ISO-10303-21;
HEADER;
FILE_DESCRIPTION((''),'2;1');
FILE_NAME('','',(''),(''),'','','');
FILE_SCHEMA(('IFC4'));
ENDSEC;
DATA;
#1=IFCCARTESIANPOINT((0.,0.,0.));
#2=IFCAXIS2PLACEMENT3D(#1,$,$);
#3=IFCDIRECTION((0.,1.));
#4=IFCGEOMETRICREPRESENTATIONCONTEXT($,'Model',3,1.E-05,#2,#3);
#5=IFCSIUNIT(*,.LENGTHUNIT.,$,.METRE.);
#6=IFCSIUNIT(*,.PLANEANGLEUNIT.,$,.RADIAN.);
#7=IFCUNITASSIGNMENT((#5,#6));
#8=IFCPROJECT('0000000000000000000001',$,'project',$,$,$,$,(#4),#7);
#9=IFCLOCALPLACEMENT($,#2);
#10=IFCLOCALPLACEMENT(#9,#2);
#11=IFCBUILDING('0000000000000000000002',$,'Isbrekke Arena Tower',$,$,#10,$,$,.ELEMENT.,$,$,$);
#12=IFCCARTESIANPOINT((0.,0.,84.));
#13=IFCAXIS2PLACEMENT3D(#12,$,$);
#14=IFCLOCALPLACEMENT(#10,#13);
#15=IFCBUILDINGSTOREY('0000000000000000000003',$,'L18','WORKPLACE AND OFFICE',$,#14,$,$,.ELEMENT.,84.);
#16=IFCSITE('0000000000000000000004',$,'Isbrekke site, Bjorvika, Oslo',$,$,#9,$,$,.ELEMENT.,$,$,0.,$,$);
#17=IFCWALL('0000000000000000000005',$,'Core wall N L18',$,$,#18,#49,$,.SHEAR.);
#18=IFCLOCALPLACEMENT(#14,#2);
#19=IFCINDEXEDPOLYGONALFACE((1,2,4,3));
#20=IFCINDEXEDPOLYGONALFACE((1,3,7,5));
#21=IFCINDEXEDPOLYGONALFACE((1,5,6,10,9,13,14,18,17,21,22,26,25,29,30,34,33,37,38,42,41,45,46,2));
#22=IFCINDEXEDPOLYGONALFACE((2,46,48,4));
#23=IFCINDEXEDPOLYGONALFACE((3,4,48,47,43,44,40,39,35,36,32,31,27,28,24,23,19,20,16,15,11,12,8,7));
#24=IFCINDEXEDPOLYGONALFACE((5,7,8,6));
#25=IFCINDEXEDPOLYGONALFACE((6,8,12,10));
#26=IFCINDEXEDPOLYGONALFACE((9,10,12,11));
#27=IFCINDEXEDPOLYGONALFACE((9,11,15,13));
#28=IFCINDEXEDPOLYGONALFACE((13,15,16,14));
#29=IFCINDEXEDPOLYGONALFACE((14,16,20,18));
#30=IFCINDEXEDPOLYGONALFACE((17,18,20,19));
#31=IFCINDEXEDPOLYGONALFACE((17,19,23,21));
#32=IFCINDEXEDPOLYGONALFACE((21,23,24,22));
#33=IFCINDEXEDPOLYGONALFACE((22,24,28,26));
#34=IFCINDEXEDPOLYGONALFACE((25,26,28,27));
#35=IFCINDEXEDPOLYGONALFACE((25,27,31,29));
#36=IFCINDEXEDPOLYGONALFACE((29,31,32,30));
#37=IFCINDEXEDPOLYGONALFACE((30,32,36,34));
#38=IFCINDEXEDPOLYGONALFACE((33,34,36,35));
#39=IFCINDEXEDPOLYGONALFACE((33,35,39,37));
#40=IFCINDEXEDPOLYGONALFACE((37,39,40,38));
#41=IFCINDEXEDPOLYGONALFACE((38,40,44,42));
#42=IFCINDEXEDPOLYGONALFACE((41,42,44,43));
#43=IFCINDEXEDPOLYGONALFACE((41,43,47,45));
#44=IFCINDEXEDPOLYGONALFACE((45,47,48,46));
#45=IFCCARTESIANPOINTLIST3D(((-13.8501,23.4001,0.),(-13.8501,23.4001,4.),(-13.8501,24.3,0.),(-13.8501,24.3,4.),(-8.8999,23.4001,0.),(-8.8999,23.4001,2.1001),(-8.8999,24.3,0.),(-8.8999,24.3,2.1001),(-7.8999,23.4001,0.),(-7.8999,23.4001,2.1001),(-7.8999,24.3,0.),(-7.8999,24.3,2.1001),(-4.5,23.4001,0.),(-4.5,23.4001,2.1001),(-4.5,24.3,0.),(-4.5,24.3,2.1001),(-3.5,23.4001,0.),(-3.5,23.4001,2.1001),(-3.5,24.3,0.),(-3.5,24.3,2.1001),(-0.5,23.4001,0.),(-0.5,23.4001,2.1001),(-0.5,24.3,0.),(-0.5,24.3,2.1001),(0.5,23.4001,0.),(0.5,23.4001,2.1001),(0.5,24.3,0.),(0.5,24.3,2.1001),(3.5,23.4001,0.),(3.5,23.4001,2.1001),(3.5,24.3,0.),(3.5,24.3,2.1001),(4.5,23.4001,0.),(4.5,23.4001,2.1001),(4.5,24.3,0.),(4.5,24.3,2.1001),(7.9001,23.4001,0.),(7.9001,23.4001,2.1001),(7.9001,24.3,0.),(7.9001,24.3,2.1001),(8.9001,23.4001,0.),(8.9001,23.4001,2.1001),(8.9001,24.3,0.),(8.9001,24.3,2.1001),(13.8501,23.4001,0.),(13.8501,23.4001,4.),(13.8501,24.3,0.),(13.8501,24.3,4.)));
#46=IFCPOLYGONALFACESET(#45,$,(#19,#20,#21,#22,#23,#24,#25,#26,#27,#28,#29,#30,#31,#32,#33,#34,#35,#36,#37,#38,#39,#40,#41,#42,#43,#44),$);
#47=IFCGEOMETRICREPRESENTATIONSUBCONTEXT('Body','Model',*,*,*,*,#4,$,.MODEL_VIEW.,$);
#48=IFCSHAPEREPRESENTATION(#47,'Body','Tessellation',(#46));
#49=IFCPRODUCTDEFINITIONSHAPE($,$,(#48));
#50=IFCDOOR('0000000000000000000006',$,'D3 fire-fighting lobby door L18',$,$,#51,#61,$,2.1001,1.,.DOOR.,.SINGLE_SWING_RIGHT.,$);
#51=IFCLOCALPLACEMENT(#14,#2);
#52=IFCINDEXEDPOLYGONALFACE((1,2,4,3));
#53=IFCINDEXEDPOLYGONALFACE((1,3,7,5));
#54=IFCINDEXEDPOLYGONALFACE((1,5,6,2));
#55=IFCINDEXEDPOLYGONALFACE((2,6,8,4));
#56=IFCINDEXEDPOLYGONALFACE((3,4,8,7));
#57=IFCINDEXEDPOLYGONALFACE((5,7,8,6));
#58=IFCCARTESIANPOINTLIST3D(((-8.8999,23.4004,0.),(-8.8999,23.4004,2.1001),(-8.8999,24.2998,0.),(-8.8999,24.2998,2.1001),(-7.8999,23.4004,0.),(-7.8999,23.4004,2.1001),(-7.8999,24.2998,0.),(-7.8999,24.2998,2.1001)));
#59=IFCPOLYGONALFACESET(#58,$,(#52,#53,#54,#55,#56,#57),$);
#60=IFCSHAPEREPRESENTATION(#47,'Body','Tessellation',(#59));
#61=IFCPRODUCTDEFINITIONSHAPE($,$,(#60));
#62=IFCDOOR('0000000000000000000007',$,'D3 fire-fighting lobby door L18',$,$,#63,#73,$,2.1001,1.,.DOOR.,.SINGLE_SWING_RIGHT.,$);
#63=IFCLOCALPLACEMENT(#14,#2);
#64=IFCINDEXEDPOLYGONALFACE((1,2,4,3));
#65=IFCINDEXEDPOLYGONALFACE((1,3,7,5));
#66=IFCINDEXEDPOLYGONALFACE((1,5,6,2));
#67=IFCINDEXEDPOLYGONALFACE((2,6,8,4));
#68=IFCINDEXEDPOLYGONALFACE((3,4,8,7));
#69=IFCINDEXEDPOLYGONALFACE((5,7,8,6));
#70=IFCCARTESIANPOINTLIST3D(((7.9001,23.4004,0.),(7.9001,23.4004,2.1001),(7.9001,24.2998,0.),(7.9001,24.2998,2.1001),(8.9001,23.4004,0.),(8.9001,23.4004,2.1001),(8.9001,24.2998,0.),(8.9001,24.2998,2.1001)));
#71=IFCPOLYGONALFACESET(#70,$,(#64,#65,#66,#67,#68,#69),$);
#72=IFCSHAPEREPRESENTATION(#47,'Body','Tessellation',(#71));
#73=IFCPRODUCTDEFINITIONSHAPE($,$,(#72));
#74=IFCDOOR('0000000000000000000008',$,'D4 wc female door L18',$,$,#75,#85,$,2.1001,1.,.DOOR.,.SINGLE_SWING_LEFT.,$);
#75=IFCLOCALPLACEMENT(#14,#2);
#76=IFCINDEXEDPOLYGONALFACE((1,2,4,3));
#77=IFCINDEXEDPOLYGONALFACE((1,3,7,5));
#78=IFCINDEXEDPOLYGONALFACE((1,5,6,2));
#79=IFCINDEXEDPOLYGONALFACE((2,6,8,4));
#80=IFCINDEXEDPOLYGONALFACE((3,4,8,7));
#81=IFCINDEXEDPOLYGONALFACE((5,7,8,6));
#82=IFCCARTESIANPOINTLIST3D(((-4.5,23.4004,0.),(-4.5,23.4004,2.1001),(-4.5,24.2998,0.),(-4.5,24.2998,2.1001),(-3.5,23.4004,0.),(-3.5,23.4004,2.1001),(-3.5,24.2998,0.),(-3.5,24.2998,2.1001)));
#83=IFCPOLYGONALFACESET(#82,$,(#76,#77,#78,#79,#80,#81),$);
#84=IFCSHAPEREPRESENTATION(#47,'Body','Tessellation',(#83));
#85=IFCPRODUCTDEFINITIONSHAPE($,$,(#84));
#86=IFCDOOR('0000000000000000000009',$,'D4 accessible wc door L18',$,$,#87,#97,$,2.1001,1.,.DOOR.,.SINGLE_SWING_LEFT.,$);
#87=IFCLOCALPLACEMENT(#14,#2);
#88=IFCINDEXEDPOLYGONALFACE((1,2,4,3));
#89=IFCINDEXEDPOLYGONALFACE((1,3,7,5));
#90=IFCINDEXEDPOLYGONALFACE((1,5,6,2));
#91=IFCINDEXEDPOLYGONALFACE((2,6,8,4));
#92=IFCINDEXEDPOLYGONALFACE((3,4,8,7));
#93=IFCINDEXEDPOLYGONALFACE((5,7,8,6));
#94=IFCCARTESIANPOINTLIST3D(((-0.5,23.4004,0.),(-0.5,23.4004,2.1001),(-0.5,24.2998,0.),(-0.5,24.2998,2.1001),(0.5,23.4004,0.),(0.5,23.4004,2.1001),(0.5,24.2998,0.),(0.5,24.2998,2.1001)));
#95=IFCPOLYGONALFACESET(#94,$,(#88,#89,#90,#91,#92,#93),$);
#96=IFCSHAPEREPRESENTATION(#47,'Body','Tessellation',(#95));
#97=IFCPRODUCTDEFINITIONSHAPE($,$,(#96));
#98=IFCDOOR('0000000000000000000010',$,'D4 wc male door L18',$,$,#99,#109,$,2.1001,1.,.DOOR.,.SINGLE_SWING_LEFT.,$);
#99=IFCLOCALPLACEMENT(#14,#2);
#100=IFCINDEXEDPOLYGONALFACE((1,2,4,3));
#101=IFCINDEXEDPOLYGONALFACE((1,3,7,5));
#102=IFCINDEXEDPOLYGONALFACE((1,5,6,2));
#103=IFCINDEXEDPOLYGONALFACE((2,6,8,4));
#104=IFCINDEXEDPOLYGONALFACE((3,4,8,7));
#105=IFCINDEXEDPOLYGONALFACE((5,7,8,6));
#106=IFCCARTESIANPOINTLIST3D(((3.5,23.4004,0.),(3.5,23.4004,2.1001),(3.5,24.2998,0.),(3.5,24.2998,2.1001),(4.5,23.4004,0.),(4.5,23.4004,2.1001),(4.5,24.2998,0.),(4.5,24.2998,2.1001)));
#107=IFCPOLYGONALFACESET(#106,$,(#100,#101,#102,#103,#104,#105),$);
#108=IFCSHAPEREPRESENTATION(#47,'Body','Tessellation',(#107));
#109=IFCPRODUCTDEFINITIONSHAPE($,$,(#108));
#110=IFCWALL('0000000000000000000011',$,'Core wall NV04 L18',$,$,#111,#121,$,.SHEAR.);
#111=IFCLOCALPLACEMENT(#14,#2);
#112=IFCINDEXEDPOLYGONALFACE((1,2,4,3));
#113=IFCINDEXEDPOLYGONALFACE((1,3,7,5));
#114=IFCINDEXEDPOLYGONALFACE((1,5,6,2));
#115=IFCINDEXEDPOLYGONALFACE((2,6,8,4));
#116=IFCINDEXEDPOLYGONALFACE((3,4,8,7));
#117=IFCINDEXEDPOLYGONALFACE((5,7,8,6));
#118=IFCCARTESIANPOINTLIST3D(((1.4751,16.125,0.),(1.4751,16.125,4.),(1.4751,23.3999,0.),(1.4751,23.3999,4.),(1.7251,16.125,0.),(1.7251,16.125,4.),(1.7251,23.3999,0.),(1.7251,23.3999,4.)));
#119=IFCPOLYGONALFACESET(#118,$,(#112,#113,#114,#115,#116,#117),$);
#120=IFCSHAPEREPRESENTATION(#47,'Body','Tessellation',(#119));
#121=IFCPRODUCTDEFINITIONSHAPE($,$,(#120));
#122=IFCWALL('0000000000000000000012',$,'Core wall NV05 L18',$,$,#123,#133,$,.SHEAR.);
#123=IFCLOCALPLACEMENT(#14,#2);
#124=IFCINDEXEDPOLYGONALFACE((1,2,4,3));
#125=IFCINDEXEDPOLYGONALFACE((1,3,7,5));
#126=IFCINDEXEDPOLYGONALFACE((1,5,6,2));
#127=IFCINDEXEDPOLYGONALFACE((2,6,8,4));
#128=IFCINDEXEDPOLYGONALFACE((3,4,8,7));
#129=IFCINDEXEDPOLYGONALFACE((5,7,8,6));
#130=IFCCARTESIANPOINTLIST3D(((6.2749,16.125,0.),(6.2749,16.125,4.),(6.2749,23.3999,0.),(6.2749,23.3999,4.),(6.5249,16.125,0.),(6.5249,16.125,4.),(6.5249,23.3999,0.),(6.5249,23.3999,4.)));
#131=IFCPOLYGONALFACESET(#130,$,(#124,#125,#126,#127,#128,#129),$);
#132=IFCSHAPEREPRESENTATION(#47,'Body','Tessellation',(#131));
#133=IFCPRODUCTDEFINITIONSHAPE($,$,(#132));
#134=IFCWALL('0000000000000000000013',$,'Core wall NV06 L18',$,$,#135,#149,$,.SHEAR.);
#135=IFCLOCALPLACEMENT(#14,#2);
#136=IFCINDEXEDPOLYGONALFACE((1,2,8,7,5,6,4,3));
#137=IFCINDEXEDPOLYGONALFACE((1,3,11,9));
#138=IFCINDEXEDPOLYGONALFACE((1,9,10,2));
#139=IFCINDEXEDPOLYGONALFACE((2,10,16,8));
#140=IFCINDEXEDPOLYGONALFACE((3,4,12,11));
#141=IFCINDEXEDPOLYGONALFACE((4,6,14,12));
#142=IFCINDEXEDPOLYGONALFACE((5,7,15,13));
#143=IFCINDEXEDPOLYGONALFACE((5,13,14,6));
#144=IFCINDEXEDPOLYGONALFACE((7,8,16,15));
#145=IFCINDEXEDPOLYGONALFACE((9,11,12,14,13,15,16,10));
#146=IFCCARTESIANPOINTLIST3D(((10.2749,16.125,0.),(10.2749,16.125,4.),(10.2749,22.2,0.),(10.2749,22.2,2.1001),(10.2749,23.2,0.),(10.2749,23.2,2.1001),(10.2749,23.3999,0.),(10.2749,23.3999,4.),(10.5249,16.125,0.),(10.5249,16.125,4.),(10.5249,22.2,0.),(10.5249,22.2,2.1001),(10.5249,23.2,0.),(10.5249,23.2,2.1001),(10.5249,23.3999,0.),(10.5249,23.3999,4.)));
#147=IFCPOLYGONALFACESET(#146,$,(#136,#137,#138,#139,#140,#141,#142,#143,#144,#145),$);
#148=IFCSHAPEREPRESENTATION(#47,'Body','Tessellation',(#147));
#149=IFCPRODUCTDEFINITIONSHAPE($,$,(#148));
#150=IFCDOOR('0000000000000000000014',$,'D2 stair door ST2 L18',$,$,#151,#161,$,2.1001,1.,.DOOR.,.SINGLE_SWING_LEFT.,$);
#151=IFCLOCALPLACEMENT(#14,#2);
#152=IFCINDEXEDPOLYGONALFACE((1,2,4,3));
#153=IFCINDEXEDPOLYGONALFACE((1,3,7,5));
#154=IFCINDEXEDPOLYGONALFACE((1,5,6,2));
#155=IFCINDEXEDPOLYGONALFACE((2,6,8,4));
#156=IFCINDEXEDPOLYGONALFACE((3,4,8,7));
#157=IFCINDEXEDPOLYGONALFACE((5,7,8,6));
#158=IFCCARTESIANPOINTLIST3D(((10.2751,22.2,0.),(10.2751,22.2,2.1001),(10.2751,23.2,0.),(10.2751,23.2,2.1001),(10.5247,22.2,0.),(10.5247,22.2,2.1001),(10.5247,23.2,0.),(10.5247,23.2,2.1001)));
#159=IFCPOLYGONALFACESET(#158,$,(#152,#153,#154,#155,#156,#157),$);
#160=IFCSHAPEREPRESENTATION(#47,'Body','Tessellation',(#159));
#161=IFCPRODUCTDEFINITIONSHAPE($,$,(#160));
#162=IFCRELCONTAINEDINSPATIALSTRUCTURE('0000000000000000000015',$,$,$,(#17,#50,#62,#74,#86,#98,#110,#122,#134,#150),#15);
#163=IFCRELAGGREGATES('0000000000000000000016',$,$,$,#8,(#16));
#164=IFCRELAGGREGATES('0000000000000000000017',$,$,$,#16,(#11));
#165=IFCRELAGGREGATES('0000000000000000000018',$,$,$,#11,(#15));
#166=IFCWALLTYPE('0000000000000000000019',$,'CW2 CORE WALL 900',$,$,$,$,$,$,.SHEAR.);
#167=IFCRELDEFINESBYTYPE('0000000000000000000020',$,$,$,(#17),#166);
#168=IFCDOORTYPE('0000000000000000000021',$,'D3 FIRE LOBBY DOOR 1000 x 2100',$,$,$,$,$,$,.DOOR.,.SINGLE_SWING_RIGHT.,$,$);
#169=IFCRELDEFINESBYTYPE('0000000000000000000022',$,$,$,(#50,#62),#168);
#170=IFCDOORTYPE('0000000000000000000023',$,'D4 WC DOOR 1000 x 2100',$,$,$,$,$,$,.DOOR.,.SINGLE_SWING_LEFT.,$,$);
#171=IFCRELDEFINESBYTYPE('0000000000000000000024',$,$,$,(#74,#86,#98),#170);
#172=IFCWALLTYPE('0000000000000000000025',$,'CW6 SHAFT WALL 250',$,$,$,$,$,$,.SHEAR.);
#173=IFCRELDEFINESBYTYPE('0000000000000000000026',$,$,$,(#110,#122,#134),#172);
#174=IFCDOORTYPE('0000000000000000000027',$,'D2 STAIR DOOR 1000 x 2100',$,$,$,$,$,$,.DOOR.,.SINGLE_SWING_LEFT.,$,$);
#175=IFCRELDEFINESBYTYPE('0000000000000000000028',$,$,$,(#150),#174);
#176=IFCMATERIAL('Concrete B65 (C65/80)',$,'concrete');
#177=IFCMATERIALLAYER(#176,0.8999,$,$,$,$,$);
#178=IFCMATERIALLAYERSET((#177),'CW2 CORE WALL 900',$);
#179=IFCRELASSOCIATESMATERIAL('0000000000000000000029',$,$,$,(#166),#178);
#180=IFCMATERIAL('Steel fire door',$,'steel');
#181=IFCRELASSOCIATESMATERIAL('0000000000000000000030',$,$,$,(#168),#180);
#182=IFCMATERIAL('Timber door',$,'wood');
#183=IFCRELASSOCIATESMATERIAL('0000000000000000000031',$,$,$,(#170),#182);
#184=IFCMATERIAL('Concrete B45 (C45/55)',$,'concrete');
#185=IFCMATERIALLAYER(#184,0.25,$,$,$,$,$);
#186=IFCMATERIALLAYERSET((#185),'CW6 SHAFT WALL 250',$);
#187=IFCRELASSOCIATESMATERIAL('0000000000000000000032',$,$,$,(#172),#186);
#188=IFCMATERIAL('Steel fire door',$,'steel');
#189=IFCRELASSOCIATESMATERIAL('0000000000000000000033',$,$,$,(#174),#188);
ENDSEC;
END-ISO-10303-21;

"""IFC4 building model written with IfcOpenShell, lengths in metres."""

from ifc_helpers import new_model, si_unit, direction, frame, frame_2d, origin, place, context, subcontext, project, spatial, rectangle, extrude, material, layer, layer_set, type_object, element, fill, save


model = new_model("IFC4")

# Units and contexts
model_context = context("Model", 3, precision=1e-05, world=origin(), true_north=direction((0.0, 1.0)))
body_context = subcontext(model_context, "Body", "Model", "MODEL_VIEW")
ifc_project = project(units=[si_unit("LENGTHUNIT", "METRE"), si_unit("PLANEANGLEUNIT", "RADIAN")], contexts=[model_context])

# Site, building, storey
site_placement = place(None, origin())
site = spatial("IfcSite", under=ifc_project, at=site_placement, Name="Isbrekke site, Bjorvika, Oslo", CompositionType="ELEMENT", RefElevation=0.0)
building_placement = place(site_placement, origin())
building = spatial("IfcBuilding", under=site, at=building_placement, Name="Isbrekke Arena Tower", CompositionType="ELEMENT")
storey_placement = place(building_placement, frame((0.0, 0.0, 84.0)))
storey = spatial("IfcBuildingStorey", under=building, at=storey_placement, Name="L18", Description="WORKPLACE AND OFFICE", CompositionType="ELEMENT", Elevation=84.0)

# Wall, openings, doors
ifc_material_1 = material(Name="Concrete B65 (C65/80)", Category="concrete")
ifc_layer_1 = layer(ifc_material_1, 0.8999)
ifc_layer_set_1 = layer_set([ifc_layer_1], Name="CW2 CORE WALL 900")
wall_type_1 = type_object("IfcWallType", Name="CW2 CORE WALL 900", PredefinedType="SHEAR", material=ifc_layer_set_1)
wall_1_placement = place(storey_placement, frame((13.8501, 23.8501, 0.0), z_axis=(0.0, 0.0, 1.0), x_axis=(-1.0, 0.0, 0.0)))
wall_1 = element("IfcWall", 1, at=wall_1_placement, inside=storey, type_object=wall_type_1, Name="Core wall N L18", PredefinedType="SHEAR", context=body_context, shape_type="SweptSolid", body=[
    extrude(rectangle(XDim=27.7002, YDim=0.8999, at=frame_2d((13.8501, 0.0))), origin(), (0.0, 0.0, 1.0), 4.0),
])
opening_1_placement = place(wall_1_placement, frame((21.75, 0.0, 0.0)))
opening_1 = element("IfcOpeningElement", 2, at=opening_1_placement, cuts=wall_1, PredefinedType="OPENING", context=body_context, shape_type="SweptSolid", body=[
    extrude(rectangle(XDim=1.0, YDim=2.1001, at=frame_2d((0.5, 1.05))), frame((0.0, 0.4648, 0.0), z_axis=(0.0, -1.0, 0.0), x_axis=(1.0, 0.0, 0.0)), (0.0, 0.0, 1.0), 0.9297),
])
opening_2_placement = place(wall_1_placement, frame((4.95, 0.0, 0.0)))
opening_2 = element("IfcOpeningElement", 3, at=opening_2_placement, cuts=wall_1, PredefinedType="OPENING", context=body_context, shape_type="SweptSolid", body=[
    extrude(rectangle(XDim=1.0, YDim=2.1001, at=frame_2d((0.5, 1.05))), frame((0.0, 0.4648, 0.0), z_axis=(0.0, -1.0, 0.0), x_axis=(1.0, 0.0, 0.0)), (0.0, 0.0, 1.0), 0.9297),
])
opening_3_placement = place(wall_1_placement, frame((17.3501, 0.0, 0.0)))
opening_3 = element("IfcOpeningElement", 4, at=opening_3_placement, cuts=wall_1, PredefinedType="OPENING", context=body_context, shape_type="SweptSolid", body=[
    extrude(rectangle(XDim=1.0, YDim=2.1001, at=frame_2d((0.5, 1.05))), frame((0.0, 0.4648, 0.0), z_axis=(0.0, -1.0, 0.0), x_axis=(1.0, 0.0, 0.0)), (0.0, 0.0, 1.0), 0.9297),
])
opening_4_placement = place(wall_1_placement, frame((13.3501, 0.0, 0.0)))
opening_4 = element("IfcOpeningElement", 5, at=opening_4_placement, cuts=wall_1, PredefinedType="OPENING", context=body_context, shape_type="SweptSolid", body=[
    extrude(rectangle(XDim=1.0, YDim=2.1001, at=frame_2d((0.5, 1.05))), frame((0.0, 0.4648, 0.0), z_axis=(0.0, -1.0, 0.0), x_axis=(1.0, 0.0, 0.0)), (0.0, 0.0, 1.0), 0.9297),
])
opening_5_placement = place(wall_1_placement, frame((9.3501, 0.0, 0.0)))
opening_5 = element("IfcOpeningElement", 6, at=opening_5_placement, cuts=wall_1, PredefinedType="OPENING", context=body_context, shape_type="SweptSolid", body=[
    extrude(rectangle(XDim=1.0, YDim=2.1001, at=frame_2d((0.5, 1.05))), frame((0.0, 0.4648, 0.0), z_axis=(0.0, -1.0, 0.0), x_axis=(1.0, 0.0, 0.0)), (0.0, 0.0, 1.0), 0.9297),
])
ifc_material_2 = material(Name="Steel fire door", Category="steel")
door_type_1 = type_object("IfcDoorType", Name="D3 FIRE LOBBY DOOR 1000 x 2100", OperationType="SINGLE_SWING_RIGHT", PredefinedType="DOOR", material=ifc_material_2)
door_1_placement = place(opening_1_placement, origin())
door_1 = element("IfcDoor", 7, at=door_1_placement, inside=storey, type_object=door_type_1, Name="D3 fire-fighting lobby door L18", OperationType="SINGLE_SWING_RIGHT", OverallHeight=2.1001, OverallWidth=1.0, PredefinedType="DOOR", context=body_context, shape_type="SweptSolid", body=[
    extrude(rectangle(XDim=1.0, YDim=2.1001, at=frame_2d((0.5, 1.05))), frame((0.0, 0.4497, 0.0), z_axis=(0.0, -1.0, 0.0), x_axis=(1.0, 0.0, 0.0)), (0.0, 0.0, 1.0), 0.8994),
])
fill(opening_1, door_1)
door_2_placement = place(opening_2_placement, origin())
door_2 = element("IfcDoor", 8, at=door_2_placement, inside=storey, type_object=door_type_1, Name="D3 fire-fighting lobby door L18", OperationType="SINGLE_SWING_RIGHT", OverallHeight=2.1001, OverallWidth=1.0, PredefinedType="DOOR", context=body_context, shape_type="SweptSolid", body=[
    extrude(rectangle(XDim=1.0, YDim=2.1001, at=frame_2d((0.5, 1.05))), frame((0.0, 0.4497, 0.0), z_axis=(0.0, -1.0, 0.0), x_axis=(1.0, 0.0, 0.0)), (0.0, 0.0, 1.0), 0.8994),
])
fill(opening_2, door_2)
ifc_material_3 = material(Name="Timber door", Category="wood")
door_type_2 = type_object("IfcDoorType", Name="D4 WC DOOR 1000 x 2100", OperationType="SINGLE_SWING_LEFT", PredefinedType="DOOR", material=ifc_material_3)
door_3_placement = place(opening_3_placement, origin())
door_3 = element("IfcDoor", 9, at=door_3_placement, inside=storey, type_object=door_type_2, Name="D4 wc female door L18", OperationType="SINGLE_SWING_LEFT", OverallHeight=2.1001, OverallWidth=1.0, PredefinedType="DOOR", context=body_context, shape_type="SweptSolid", body=[
    extrude(rectangle(XDim=1.0, YDim=2.1001, at=frame_2d((0.5, 1.05))), frame((0.0, 0.4497, 0.0), z_axis=(0.0, -1.0, 0.0), x_axis=(1.0, 0.0, 0.0)), (0.0, 0.0, 1.0), 0.8994),
])
fill(opening_3, door_3)
door_4_placement = place(opening_4_placement, origin())
door_4 = element("IfcDoor", 10, at=door_4_placement, inside=storey, type_object=door_type_2, Name="D4 accessible wc door L18", OperationType="SINGLE_SWING_LEFT", OverallHeight=2.1001, OverallWidth=1.0, PredefinedType="DOOR", context=body_context, shape_type="SweptSolid", body=[
    extrude(rectangle(XDim=1.0, YDim=2.1001, at=frame_2d((0.5, 1.05))), frame((0.0, 0.4497, 0.0), z_axis=(0.0, -1.0, 0.0), x_axis=(1.0, 0.0, 0.0)), (0.0, 0.0, 1.0), 0.8994),
])
fill(opening_4, door_4)
door_5_placement = place(opening_5_placement, origin())
door_5 = element("IfcDoor", 11, at=door_5_placement, inside=storey, type_object=door_type_2, Name="D4 wc male door L18", OperationType="SINGLE_SWING_LEFT", OverallHeight=2.1001, OverallWidth=1.0, PredefinedType="DOOR", context=body_context, shape_type="SweptSolid", body=[
    extrude(rectangle(XDim=1.0, YDim=2.1001, at=frame_2d((0.5, 1.05))), frame((0.0, 0.4497, 0.0), z_axis=(0.0, -1.0, 0.0), x_axis=(1.0, 0.0, 0.0)), (0.0, 0.0, 1.0), 0.8994),
])
fill(opening_5, door_5)

# Walls
ifc_material_4 = material(Name="Concrete B45 (C45/55)", Category="concrete")
ifc_layer_2 = layer(ifc_material_4, 0.25)
ifc_layer_set_2 = layer_set([ifc_layer_2], Name="CW6 SHAFT WALL 250")
wall_type_2 = type_object("IfcWallType", Name="CW6 SHAFT WALL 250", PredefinedType="SHEAR", material=ifc_layer_set_2)
for number, where, z_axis, x_axis, name in (
    (12, (1.6001, 16.125, 0.0), (0.0, 0.0, 1.0), (0.0, 1.0, 0.0), "Core wall NV04 L18"),
    (13, (6.3999, 16.125, 0.0), (0.0, 0.0, 1.0), (0.0, 1.0, 0.0), "Core wall NV05 L18"),
):
    element("IfcWall", number, at=place(storey_placement, frame(where, z_axis=z_axis, x_axis=x_axis)), inside=storey, type_object=wall_type_2, Name=name, PredefinedType="SHEAR", context=body_context, shape_type="SweptSolid", body=[
        extrude(rectangle(XDim=7.2749, YDim=0.25, at=frame_2d((3.6375, 0.0))), origin(), (0.0, 0.0, 1.0), 4.0),
    ])

# Wall, opening, door
wall_2_placement = place(storey_placement, frame((10.3999, 16.125, 0.0), z_axis=(0.0, 0.0, 1.0), x_axis=(0.0, 1.0, 0.0)))
wall_2 = element("IfcWall", 14, at=wall_2_placement, inside=storey, type_object=wall_type_2, Name="Core wall NV06 L18", PredefinedType="SHEAR", context=body_context, shape_type="SweptSolid", body=[
    extrude(rectangle(XDim=7.2749, YDim=0.25, at=frame_2d((3.6375, 0.0))), origin(), (0.0, 0.0, 1.0), 4.0),
])
opening_6_placement = place(wall_2_placement, frame((6.075, 0.0, 0.0)))
opening_6 = element("IfcOpeningElement", 15, at=opening_6_placement, cuts=wall_2, PredefinedType="OPENING", context=body_context, shape_type="SweptSolid", body=[
    extrude(rectangle(XDim=1.0, YDim=2.1001, at=frame_2d((0.5, 1.05))), frame((0.0, 0.1399, 0.0), z_axis=(0.0, -1.0, 0.0), x_axis=(1.0, 0.0, 0.0)), (0.0, 0.0, 1.0), 0.2798),
])
ifc_material_5 = material(Name="Steel fire door", Category="steel")
door_type_3 = type_object("IfcDoorType", Name="D2 STAIR DOOR 1000 x 2100", OperationType="SINGLE_SWING_LEFT", PredefinedType="DOOR", material=ifc_material_5)
door_6_placement = place(opening_6_placement, origin())
door_6 = element("IfcDoor", 16, at=door_6_placement, inside=storey, type_object=door_type_3, Name="D2 stair door ST2 L18", OperationType="SINGLE_SWING_LEFT", OverallHeight=2.1001, OverallWidth=1.0, PredefinedType="DOOR", context=body_context, shape_type="SweptSolid", body=[
    extrude(rectangle(XDim=1.0, YDim=2.1001, at=frame_2d((0.5, 1.05))), frame((0.0, 0.1248, 0.0), z_axis=(0.0, -1.0, 0.0), x_axis=(1.0, 0.0, 0.0)), (0.0, 0.0, 1.0), 0.2495),
])
fill(opening_6, door_6)

save(model, "model.ifc")
